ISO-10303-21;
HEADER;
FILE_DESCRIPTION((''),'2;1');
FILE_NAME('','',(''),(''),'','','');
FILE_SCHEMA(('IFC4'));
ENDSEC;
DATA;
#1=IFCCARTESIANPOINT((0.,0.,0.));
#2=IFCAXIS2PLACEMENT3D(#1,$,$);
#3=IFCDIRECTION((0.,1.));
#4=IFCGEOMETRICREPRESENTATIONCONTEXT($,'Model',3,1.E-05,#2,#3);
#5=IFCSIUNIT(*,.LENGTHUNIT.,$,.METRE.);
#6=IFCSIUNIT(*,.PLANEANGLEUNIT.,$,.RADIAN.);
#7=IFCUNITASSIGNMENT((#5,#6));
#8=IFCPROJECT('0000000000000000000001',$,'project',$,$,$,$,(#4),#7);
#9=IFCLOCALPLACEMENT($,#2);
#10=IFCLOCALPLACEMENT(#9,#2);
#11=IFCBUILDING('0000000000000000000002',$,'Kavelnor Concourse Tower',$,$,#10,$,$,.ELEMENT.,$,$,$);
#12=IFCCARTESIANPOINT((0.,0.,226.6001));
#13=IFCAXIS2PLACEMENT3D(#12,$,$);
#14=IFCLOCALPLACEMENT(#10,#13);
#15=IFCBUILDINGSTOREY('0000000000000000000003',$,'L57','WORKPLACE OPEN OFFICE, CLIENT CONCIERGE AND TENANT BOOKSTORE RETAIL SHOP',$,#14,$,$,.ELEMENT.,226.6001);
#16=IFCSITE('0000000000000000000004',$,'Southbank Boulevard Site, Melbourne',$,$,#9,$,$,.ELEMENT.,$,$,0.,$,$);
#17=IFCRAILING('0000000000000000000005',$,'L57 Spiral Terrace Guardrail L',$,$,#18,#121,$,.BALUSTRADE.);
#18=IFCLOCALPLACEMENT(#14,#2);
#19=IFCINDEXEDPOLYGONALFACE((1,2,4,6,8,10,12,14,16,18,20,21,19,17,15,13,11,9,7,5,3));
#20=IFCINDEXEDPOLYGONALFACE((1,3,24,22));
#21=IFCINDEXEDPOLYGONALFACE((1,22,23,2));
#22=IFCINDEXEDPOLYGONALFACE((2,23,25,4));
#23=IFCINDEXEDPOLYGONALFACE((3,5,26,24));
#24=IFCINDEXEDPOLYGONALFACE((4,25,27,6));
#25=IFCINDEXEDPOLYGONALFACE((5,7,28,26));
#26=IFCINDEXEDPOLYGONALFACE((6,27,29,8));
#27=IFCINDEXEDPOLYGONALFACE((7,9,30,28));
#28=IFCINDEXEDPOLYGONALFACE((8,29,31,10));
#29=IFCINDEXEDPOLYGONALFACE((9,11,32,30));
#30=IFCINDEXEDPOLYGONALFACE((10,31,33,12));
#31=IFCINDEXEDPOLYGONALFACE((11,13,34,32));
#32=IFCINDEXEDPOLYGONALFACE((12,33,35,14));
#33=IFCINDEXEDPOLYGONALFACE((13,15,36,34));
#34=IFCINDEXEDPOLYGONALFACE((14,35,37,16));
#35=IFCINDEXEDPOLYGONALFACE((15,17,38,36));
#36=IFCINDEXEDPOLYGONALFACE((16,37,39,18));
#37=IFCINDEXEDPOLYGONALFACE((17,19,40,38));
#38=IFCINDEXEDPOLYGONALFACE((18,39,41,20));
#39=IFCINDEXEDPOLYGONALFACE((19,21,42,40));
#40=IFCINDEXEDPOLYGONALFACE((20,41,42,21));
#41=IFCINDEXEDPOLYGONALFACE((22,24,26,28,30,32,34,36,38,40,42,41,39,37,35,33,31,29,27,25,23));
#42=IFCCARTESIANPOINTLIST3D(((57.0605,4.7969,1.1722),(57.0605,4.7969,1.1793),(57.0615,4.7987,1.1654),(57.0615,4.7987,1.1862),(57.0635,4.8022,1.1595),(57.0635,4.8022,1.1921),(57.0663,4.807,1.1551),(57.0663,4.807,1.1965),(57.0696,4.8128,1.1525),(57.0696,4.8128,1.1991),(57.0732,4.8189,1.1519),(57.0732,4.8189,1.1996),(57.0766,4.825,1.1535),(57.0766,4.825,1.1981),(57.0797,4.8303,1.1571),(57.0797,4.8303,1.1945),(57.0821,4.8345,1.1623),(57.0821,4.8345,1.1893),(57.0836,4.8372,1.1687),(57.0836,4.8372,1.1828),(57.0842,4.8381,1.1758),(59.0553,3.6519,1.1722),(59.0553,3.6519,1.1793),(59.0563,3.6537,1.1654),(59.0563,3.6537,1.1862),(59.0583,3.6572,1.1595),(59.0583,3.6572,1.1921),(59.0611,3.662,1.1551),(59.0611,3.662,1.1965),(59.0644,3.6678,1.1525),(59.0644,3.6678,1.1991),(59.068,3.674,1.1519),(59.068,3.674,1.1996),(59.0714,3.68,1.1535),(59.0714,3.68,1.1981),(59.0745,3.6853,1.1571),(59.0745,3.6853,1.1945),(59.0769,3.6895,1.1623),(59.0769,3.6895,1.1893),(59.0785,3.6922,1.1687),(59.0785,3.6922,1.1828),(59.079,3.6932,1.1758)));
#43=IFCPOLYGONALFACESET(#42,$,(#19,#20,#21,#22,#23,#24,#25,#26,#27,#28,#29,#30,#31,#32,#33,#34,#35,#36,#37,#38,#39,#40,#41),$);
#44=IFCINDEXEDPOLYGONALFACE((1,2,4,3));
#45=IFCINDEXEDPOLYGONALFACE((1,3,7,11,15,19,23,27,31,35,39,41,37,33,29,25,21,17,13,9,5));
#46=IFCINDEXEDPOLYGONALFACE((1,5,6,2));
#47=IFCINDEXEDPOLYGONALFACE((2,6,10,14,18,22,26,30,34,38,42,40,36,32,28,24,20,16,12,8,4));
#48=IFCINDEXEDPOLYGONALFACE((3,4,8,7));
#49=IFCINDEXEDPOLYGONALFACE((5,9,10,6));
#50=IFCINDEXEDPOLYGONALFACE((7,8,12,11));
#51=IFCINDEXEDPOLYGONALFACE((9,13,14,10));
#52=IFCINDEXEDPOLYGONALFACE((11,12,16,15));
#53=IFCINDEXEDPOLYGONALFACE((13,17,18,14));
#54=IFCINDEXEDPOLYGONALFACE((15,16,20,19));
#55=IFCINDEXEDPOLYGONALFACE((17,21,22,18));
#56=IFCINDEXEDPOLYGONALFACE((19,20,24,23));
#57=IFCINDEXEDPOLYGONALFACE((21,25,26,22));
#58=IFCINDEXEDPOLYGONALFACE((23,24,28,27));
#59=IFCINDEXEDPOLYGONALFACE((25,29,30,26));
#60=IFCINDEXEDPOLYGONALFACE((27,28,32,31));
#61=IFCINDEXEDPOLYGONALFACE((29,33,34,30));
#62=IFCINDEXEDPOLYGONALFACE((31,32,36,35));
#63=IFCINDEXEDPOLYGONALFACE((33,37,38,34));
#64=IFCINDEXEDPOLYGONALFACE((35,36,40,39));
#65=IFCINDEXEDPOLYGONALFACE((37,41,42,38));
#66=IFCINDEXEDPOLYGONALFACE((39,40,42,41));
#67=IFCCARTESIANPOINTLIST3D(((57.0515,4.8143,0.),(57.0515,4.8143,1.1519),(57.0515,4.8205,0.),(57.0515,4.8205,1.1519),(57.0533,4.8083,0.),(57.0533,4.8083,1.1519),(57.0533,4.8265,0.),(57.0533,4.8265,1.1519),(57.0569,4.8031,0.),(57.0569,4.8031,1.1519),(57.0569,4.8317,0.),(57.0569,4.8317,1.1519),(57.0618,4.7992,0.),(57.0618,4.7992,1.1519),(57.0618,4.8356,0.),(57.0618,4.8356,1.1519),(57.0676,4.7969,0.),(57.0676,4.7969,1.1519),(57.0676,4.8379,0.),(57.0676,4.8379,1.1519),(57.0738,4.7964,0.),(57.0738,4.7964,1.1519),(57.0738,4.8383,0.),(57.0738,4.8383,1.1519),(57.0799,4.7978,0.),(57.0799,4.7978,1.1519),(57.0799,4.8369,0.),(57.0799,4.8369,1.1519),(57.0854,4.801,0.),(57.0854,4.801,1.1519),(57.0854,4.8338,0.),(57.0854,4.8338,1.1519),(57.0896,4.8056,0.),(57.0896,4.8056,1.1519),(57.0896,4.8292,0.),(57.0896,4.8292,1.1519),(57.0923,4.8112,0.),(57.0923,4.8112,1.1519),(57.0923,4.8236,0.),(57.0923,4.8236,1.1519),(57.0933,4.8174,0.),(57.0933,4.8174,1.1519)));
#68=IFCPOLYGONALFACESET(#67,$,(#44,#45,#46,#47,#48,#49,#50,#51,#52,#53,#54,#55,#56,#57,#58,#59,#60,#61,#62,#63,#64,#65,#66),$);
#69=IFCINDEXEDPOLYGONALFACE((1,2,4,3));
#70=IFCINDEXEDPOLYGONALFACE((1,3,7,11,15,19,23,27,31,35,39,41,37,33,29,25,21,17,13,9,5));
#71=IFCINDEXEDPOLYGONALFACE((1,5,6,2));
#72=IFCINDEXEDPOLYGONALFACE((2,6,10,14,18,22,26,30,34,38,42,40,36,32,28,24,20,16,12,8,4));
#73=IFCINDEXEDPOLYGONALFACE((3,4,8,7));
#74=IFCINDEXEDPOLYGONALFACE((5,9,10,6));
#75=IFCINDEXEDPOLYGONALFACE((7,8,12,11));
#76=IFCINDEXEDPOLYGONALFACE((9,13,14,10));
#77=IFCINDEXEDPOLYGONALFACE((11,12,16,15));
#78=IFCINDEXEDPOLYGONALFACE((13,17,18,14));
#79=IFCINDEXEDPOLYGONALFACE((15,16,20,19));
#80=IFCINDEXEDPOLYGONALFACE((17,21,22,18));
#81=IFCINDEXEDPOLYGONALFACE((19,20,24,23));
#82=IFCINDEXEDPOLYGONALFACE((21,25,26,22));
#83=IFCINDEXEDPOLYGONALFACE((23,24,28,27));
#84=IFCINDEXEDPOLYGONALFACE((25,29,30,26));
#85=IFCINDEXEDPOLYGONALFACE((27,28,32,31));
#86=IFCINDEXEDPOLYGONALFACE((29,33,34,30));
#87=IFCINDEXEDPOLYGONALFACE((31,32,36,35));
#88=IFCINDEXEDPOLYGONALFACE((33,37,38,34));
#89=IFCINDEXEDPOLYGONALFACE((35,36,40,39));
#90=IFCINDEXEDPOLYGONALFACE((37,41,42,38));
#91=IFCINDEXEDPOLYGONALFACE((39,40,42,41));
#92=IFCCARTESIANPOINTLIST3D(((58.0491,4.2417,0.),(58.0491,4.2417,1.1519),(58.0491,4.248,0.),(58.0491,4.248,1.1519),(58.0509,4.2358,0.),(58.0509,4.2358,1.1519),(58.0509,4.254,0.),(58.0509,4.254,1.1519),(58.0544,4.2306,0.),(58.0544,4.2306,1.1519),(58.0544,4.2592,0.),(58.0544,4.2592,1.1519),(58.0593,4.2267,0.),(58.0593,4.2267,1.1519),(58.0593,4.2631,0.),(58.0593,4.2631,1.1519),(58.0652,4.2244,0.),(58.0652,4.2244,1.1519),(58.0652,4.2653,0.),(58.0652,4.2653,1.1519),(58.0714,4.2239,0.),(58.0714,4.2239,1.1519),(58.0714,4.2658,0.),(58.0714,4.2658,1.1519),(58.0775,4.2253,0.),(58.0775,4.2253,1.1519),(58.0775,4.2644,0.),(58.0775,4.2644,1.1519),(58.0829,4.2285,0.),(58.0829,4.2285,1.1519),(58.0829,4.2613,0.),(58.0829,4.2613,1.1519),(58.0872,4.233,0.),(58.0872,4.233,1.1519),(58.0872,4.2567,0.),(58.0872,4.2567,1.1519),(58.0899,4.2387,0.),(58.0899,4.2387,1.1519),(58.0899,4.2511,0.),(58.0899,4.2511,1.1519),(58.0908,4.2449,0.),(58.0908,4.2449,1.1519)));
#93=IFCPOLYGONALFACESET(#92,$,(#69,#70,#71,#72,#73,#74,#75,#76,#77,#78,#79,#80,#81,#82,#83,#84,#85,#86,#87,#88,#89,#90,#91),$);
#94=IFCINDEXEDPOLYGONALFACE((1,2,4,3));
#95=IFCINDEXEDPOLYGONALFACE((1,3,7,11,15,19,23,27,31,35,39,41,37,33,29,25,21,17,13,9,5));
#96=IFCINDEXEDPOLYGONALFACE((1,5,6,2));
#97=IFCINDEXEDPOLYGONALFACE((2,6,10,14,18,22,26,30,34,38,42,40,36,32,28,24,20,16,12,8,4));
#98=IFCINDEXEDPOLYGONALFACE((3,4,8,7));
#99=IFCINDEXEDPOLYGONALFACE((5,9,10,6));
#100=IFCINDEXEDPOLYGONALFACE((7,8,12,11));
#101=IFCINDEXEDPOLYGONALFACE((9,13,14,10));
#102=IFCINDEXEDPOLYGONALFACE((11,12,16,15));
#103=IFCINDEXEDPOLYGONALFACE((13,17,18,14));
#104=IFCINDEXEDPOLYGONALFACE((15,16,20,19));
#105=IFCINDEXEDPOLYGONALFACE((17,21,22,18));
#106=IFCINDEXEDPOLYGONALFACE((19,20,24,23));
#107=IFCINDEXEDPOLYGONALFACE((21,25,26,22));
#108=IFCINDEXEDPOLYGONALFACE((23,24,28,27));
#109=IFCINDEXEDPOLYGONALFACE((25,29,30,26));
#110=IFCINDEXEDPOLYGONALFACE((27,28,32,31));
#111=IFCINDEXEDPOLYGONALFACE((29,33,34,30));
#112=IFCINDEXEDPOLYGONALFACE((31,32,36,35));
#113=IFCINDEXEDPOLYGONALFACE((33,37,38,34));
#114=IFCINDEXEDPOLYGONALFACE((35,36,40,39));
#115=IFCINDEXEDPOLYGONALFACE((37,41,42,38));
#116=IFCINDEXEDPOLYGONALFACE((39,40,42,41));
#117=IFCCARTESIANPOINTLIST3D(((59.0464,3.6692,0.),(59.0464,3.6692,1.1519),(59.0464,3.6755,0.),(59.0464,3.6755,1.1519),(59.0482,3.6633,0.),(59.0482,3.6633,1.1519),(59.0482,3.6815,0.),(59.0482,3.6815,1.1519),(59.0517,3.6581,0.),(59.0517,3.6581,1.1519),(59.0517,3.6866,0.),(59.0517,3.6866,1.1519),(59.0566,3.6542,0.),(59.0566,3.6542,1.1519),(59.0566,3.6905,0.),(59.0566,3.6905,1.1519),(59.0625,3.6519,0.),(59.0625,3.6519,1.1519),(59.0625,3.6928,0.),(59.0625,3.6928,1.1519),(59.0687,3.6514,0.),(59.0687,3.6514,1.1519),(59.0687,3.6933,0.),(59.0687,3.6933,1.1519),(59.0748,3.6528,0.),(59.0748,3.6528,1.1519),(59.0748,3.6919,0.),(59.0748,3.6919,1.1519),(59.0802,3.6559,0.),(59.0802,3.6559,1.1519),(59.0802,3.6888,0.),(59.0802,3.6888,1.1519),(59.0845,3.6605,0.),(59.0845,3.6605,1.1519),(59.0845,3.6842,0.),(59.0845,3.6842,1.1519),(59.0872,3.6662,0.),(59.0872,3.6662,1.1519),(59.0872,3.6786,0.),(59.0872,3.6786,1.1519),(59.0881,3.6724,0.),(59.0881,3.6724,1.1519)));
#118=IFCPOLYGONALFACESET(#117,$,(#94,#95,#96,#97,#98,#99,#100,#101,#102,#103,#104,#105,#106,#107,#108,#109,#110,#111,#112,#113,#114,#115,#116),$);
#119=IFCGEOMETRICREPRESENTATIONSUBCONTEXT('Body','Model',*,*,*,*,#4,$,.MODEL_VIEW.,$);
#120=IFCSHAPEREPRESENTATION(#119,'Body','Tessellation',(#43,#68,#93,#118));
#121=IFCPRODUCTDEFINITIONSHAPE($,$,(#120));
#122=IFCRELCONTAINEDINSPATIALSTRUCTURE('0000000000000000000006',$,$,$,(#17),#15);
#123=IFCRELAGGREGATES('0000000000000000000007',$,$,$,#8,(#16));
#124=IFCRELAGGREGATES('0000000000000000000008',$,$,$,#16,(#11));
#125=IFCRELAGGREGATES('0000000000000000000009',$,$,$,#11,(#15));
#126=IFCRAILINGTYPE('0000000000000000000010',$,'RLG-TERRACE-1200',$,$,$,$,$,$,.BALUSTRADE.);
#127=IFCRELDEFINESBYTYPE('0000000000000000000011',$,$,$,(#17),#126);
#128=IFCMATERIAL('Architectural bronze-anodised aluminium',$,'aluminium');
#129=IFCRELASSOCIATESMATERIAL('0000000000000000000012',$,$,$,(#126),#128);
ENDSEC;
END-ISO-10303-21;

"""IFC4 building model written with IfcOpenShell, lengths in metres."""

from ifc_helpers import new_model, si_unit, direction, frame, origin, origin_2d, place, context, subcontext, project, spatial, circle, extrude, material, type_object, element, save


model = new_model("IFC4")

# Units and contexts
model_context = context("Model", 3, precision=1e-05, world=origin(), true_north=direction((0.0, 1.0)))
body_context = subcontext(model_context, "Body", "Model", "MODEL_VIEW")
ifc_project = project(units=[si_unit("LENGTHUNIT", "METRE"), si_unit("PLANEANGLEUNIT", "RADIAN")], contexts=[model_context])

# Site, building, storey
site_placement = place(None, origin())
site = spatial("IfcSite", under=ifc_project, at=site_placement, Name="Southbank Boulevard Site, Melbourne", CompositionType="ELEMENT", RefElevation=0.0)
building_placement = place(site_placement, origin())
building = spatial("IfcBuilding", under=site, at=building_placement, Name="Kavelnor Concourse Tower", CompositionType="ELEMENT")
storey_placement = place(building_placement, frame((0.0, 0.0, 226.6001)))
storey = spatial("IfcBuildingStorey", under=building, at=storey_placement, Name="L57", Description="WORKPLACE OPEN OFFICE, CLIENT CONCIERGE AND TENANT BOOKSTORE RETAIL SHOP", CompositionType="ELEMENT", Elevation=226.6001)

# Railing
ifc_material_1 = material(Name="Architectural bronze-anodised aluminium", Category="aluminium")
railing_type = type_object("IfcRailingType", Name="RLG-TERRACE-1200", PredefinedType="BALUSTRADE", material=ifc_material_1)
railing_1_placement = place(storey_placement, frame((57.0723, 4.8174, 0.0)))
element("IfcRailing", 1, at=railing_1_placement, inside=storey, type_object=railing_type, Name="L57 Spiral Terrace Guardrail L", PredefinedType="BALUSTRADE", context=body_context, shape_type="SweptSolid", body=[
    extrude(circle(Radius=0.0239, at=origin_2d()), frame((0.0, 0.0, 1.1758), z_axis=(0.867288, -0.497807, 0.0), x_axis=(0.497807, 0.867288, 0.0)), (0.0, 0.0, 1.0), 2.3),
    extrude(circle(Radius=0.021, at=origin_2d()), origin(), (0.0, 0.0, 1.0), 1.1519),
    extrude(circle(Radius=0.021, at=origin_2d()), frame((0.9976, -0.5725, 0.0)), (0.0, 0.0, 1.0), 1.1519),
    extrude(circle(Radius=0.021, at=origin_2d()), frame((1.9949, -1.145, 0.0)), (0.0, 0.0, 1.0), 1.1519),
])

save(model, "model.ifc")
